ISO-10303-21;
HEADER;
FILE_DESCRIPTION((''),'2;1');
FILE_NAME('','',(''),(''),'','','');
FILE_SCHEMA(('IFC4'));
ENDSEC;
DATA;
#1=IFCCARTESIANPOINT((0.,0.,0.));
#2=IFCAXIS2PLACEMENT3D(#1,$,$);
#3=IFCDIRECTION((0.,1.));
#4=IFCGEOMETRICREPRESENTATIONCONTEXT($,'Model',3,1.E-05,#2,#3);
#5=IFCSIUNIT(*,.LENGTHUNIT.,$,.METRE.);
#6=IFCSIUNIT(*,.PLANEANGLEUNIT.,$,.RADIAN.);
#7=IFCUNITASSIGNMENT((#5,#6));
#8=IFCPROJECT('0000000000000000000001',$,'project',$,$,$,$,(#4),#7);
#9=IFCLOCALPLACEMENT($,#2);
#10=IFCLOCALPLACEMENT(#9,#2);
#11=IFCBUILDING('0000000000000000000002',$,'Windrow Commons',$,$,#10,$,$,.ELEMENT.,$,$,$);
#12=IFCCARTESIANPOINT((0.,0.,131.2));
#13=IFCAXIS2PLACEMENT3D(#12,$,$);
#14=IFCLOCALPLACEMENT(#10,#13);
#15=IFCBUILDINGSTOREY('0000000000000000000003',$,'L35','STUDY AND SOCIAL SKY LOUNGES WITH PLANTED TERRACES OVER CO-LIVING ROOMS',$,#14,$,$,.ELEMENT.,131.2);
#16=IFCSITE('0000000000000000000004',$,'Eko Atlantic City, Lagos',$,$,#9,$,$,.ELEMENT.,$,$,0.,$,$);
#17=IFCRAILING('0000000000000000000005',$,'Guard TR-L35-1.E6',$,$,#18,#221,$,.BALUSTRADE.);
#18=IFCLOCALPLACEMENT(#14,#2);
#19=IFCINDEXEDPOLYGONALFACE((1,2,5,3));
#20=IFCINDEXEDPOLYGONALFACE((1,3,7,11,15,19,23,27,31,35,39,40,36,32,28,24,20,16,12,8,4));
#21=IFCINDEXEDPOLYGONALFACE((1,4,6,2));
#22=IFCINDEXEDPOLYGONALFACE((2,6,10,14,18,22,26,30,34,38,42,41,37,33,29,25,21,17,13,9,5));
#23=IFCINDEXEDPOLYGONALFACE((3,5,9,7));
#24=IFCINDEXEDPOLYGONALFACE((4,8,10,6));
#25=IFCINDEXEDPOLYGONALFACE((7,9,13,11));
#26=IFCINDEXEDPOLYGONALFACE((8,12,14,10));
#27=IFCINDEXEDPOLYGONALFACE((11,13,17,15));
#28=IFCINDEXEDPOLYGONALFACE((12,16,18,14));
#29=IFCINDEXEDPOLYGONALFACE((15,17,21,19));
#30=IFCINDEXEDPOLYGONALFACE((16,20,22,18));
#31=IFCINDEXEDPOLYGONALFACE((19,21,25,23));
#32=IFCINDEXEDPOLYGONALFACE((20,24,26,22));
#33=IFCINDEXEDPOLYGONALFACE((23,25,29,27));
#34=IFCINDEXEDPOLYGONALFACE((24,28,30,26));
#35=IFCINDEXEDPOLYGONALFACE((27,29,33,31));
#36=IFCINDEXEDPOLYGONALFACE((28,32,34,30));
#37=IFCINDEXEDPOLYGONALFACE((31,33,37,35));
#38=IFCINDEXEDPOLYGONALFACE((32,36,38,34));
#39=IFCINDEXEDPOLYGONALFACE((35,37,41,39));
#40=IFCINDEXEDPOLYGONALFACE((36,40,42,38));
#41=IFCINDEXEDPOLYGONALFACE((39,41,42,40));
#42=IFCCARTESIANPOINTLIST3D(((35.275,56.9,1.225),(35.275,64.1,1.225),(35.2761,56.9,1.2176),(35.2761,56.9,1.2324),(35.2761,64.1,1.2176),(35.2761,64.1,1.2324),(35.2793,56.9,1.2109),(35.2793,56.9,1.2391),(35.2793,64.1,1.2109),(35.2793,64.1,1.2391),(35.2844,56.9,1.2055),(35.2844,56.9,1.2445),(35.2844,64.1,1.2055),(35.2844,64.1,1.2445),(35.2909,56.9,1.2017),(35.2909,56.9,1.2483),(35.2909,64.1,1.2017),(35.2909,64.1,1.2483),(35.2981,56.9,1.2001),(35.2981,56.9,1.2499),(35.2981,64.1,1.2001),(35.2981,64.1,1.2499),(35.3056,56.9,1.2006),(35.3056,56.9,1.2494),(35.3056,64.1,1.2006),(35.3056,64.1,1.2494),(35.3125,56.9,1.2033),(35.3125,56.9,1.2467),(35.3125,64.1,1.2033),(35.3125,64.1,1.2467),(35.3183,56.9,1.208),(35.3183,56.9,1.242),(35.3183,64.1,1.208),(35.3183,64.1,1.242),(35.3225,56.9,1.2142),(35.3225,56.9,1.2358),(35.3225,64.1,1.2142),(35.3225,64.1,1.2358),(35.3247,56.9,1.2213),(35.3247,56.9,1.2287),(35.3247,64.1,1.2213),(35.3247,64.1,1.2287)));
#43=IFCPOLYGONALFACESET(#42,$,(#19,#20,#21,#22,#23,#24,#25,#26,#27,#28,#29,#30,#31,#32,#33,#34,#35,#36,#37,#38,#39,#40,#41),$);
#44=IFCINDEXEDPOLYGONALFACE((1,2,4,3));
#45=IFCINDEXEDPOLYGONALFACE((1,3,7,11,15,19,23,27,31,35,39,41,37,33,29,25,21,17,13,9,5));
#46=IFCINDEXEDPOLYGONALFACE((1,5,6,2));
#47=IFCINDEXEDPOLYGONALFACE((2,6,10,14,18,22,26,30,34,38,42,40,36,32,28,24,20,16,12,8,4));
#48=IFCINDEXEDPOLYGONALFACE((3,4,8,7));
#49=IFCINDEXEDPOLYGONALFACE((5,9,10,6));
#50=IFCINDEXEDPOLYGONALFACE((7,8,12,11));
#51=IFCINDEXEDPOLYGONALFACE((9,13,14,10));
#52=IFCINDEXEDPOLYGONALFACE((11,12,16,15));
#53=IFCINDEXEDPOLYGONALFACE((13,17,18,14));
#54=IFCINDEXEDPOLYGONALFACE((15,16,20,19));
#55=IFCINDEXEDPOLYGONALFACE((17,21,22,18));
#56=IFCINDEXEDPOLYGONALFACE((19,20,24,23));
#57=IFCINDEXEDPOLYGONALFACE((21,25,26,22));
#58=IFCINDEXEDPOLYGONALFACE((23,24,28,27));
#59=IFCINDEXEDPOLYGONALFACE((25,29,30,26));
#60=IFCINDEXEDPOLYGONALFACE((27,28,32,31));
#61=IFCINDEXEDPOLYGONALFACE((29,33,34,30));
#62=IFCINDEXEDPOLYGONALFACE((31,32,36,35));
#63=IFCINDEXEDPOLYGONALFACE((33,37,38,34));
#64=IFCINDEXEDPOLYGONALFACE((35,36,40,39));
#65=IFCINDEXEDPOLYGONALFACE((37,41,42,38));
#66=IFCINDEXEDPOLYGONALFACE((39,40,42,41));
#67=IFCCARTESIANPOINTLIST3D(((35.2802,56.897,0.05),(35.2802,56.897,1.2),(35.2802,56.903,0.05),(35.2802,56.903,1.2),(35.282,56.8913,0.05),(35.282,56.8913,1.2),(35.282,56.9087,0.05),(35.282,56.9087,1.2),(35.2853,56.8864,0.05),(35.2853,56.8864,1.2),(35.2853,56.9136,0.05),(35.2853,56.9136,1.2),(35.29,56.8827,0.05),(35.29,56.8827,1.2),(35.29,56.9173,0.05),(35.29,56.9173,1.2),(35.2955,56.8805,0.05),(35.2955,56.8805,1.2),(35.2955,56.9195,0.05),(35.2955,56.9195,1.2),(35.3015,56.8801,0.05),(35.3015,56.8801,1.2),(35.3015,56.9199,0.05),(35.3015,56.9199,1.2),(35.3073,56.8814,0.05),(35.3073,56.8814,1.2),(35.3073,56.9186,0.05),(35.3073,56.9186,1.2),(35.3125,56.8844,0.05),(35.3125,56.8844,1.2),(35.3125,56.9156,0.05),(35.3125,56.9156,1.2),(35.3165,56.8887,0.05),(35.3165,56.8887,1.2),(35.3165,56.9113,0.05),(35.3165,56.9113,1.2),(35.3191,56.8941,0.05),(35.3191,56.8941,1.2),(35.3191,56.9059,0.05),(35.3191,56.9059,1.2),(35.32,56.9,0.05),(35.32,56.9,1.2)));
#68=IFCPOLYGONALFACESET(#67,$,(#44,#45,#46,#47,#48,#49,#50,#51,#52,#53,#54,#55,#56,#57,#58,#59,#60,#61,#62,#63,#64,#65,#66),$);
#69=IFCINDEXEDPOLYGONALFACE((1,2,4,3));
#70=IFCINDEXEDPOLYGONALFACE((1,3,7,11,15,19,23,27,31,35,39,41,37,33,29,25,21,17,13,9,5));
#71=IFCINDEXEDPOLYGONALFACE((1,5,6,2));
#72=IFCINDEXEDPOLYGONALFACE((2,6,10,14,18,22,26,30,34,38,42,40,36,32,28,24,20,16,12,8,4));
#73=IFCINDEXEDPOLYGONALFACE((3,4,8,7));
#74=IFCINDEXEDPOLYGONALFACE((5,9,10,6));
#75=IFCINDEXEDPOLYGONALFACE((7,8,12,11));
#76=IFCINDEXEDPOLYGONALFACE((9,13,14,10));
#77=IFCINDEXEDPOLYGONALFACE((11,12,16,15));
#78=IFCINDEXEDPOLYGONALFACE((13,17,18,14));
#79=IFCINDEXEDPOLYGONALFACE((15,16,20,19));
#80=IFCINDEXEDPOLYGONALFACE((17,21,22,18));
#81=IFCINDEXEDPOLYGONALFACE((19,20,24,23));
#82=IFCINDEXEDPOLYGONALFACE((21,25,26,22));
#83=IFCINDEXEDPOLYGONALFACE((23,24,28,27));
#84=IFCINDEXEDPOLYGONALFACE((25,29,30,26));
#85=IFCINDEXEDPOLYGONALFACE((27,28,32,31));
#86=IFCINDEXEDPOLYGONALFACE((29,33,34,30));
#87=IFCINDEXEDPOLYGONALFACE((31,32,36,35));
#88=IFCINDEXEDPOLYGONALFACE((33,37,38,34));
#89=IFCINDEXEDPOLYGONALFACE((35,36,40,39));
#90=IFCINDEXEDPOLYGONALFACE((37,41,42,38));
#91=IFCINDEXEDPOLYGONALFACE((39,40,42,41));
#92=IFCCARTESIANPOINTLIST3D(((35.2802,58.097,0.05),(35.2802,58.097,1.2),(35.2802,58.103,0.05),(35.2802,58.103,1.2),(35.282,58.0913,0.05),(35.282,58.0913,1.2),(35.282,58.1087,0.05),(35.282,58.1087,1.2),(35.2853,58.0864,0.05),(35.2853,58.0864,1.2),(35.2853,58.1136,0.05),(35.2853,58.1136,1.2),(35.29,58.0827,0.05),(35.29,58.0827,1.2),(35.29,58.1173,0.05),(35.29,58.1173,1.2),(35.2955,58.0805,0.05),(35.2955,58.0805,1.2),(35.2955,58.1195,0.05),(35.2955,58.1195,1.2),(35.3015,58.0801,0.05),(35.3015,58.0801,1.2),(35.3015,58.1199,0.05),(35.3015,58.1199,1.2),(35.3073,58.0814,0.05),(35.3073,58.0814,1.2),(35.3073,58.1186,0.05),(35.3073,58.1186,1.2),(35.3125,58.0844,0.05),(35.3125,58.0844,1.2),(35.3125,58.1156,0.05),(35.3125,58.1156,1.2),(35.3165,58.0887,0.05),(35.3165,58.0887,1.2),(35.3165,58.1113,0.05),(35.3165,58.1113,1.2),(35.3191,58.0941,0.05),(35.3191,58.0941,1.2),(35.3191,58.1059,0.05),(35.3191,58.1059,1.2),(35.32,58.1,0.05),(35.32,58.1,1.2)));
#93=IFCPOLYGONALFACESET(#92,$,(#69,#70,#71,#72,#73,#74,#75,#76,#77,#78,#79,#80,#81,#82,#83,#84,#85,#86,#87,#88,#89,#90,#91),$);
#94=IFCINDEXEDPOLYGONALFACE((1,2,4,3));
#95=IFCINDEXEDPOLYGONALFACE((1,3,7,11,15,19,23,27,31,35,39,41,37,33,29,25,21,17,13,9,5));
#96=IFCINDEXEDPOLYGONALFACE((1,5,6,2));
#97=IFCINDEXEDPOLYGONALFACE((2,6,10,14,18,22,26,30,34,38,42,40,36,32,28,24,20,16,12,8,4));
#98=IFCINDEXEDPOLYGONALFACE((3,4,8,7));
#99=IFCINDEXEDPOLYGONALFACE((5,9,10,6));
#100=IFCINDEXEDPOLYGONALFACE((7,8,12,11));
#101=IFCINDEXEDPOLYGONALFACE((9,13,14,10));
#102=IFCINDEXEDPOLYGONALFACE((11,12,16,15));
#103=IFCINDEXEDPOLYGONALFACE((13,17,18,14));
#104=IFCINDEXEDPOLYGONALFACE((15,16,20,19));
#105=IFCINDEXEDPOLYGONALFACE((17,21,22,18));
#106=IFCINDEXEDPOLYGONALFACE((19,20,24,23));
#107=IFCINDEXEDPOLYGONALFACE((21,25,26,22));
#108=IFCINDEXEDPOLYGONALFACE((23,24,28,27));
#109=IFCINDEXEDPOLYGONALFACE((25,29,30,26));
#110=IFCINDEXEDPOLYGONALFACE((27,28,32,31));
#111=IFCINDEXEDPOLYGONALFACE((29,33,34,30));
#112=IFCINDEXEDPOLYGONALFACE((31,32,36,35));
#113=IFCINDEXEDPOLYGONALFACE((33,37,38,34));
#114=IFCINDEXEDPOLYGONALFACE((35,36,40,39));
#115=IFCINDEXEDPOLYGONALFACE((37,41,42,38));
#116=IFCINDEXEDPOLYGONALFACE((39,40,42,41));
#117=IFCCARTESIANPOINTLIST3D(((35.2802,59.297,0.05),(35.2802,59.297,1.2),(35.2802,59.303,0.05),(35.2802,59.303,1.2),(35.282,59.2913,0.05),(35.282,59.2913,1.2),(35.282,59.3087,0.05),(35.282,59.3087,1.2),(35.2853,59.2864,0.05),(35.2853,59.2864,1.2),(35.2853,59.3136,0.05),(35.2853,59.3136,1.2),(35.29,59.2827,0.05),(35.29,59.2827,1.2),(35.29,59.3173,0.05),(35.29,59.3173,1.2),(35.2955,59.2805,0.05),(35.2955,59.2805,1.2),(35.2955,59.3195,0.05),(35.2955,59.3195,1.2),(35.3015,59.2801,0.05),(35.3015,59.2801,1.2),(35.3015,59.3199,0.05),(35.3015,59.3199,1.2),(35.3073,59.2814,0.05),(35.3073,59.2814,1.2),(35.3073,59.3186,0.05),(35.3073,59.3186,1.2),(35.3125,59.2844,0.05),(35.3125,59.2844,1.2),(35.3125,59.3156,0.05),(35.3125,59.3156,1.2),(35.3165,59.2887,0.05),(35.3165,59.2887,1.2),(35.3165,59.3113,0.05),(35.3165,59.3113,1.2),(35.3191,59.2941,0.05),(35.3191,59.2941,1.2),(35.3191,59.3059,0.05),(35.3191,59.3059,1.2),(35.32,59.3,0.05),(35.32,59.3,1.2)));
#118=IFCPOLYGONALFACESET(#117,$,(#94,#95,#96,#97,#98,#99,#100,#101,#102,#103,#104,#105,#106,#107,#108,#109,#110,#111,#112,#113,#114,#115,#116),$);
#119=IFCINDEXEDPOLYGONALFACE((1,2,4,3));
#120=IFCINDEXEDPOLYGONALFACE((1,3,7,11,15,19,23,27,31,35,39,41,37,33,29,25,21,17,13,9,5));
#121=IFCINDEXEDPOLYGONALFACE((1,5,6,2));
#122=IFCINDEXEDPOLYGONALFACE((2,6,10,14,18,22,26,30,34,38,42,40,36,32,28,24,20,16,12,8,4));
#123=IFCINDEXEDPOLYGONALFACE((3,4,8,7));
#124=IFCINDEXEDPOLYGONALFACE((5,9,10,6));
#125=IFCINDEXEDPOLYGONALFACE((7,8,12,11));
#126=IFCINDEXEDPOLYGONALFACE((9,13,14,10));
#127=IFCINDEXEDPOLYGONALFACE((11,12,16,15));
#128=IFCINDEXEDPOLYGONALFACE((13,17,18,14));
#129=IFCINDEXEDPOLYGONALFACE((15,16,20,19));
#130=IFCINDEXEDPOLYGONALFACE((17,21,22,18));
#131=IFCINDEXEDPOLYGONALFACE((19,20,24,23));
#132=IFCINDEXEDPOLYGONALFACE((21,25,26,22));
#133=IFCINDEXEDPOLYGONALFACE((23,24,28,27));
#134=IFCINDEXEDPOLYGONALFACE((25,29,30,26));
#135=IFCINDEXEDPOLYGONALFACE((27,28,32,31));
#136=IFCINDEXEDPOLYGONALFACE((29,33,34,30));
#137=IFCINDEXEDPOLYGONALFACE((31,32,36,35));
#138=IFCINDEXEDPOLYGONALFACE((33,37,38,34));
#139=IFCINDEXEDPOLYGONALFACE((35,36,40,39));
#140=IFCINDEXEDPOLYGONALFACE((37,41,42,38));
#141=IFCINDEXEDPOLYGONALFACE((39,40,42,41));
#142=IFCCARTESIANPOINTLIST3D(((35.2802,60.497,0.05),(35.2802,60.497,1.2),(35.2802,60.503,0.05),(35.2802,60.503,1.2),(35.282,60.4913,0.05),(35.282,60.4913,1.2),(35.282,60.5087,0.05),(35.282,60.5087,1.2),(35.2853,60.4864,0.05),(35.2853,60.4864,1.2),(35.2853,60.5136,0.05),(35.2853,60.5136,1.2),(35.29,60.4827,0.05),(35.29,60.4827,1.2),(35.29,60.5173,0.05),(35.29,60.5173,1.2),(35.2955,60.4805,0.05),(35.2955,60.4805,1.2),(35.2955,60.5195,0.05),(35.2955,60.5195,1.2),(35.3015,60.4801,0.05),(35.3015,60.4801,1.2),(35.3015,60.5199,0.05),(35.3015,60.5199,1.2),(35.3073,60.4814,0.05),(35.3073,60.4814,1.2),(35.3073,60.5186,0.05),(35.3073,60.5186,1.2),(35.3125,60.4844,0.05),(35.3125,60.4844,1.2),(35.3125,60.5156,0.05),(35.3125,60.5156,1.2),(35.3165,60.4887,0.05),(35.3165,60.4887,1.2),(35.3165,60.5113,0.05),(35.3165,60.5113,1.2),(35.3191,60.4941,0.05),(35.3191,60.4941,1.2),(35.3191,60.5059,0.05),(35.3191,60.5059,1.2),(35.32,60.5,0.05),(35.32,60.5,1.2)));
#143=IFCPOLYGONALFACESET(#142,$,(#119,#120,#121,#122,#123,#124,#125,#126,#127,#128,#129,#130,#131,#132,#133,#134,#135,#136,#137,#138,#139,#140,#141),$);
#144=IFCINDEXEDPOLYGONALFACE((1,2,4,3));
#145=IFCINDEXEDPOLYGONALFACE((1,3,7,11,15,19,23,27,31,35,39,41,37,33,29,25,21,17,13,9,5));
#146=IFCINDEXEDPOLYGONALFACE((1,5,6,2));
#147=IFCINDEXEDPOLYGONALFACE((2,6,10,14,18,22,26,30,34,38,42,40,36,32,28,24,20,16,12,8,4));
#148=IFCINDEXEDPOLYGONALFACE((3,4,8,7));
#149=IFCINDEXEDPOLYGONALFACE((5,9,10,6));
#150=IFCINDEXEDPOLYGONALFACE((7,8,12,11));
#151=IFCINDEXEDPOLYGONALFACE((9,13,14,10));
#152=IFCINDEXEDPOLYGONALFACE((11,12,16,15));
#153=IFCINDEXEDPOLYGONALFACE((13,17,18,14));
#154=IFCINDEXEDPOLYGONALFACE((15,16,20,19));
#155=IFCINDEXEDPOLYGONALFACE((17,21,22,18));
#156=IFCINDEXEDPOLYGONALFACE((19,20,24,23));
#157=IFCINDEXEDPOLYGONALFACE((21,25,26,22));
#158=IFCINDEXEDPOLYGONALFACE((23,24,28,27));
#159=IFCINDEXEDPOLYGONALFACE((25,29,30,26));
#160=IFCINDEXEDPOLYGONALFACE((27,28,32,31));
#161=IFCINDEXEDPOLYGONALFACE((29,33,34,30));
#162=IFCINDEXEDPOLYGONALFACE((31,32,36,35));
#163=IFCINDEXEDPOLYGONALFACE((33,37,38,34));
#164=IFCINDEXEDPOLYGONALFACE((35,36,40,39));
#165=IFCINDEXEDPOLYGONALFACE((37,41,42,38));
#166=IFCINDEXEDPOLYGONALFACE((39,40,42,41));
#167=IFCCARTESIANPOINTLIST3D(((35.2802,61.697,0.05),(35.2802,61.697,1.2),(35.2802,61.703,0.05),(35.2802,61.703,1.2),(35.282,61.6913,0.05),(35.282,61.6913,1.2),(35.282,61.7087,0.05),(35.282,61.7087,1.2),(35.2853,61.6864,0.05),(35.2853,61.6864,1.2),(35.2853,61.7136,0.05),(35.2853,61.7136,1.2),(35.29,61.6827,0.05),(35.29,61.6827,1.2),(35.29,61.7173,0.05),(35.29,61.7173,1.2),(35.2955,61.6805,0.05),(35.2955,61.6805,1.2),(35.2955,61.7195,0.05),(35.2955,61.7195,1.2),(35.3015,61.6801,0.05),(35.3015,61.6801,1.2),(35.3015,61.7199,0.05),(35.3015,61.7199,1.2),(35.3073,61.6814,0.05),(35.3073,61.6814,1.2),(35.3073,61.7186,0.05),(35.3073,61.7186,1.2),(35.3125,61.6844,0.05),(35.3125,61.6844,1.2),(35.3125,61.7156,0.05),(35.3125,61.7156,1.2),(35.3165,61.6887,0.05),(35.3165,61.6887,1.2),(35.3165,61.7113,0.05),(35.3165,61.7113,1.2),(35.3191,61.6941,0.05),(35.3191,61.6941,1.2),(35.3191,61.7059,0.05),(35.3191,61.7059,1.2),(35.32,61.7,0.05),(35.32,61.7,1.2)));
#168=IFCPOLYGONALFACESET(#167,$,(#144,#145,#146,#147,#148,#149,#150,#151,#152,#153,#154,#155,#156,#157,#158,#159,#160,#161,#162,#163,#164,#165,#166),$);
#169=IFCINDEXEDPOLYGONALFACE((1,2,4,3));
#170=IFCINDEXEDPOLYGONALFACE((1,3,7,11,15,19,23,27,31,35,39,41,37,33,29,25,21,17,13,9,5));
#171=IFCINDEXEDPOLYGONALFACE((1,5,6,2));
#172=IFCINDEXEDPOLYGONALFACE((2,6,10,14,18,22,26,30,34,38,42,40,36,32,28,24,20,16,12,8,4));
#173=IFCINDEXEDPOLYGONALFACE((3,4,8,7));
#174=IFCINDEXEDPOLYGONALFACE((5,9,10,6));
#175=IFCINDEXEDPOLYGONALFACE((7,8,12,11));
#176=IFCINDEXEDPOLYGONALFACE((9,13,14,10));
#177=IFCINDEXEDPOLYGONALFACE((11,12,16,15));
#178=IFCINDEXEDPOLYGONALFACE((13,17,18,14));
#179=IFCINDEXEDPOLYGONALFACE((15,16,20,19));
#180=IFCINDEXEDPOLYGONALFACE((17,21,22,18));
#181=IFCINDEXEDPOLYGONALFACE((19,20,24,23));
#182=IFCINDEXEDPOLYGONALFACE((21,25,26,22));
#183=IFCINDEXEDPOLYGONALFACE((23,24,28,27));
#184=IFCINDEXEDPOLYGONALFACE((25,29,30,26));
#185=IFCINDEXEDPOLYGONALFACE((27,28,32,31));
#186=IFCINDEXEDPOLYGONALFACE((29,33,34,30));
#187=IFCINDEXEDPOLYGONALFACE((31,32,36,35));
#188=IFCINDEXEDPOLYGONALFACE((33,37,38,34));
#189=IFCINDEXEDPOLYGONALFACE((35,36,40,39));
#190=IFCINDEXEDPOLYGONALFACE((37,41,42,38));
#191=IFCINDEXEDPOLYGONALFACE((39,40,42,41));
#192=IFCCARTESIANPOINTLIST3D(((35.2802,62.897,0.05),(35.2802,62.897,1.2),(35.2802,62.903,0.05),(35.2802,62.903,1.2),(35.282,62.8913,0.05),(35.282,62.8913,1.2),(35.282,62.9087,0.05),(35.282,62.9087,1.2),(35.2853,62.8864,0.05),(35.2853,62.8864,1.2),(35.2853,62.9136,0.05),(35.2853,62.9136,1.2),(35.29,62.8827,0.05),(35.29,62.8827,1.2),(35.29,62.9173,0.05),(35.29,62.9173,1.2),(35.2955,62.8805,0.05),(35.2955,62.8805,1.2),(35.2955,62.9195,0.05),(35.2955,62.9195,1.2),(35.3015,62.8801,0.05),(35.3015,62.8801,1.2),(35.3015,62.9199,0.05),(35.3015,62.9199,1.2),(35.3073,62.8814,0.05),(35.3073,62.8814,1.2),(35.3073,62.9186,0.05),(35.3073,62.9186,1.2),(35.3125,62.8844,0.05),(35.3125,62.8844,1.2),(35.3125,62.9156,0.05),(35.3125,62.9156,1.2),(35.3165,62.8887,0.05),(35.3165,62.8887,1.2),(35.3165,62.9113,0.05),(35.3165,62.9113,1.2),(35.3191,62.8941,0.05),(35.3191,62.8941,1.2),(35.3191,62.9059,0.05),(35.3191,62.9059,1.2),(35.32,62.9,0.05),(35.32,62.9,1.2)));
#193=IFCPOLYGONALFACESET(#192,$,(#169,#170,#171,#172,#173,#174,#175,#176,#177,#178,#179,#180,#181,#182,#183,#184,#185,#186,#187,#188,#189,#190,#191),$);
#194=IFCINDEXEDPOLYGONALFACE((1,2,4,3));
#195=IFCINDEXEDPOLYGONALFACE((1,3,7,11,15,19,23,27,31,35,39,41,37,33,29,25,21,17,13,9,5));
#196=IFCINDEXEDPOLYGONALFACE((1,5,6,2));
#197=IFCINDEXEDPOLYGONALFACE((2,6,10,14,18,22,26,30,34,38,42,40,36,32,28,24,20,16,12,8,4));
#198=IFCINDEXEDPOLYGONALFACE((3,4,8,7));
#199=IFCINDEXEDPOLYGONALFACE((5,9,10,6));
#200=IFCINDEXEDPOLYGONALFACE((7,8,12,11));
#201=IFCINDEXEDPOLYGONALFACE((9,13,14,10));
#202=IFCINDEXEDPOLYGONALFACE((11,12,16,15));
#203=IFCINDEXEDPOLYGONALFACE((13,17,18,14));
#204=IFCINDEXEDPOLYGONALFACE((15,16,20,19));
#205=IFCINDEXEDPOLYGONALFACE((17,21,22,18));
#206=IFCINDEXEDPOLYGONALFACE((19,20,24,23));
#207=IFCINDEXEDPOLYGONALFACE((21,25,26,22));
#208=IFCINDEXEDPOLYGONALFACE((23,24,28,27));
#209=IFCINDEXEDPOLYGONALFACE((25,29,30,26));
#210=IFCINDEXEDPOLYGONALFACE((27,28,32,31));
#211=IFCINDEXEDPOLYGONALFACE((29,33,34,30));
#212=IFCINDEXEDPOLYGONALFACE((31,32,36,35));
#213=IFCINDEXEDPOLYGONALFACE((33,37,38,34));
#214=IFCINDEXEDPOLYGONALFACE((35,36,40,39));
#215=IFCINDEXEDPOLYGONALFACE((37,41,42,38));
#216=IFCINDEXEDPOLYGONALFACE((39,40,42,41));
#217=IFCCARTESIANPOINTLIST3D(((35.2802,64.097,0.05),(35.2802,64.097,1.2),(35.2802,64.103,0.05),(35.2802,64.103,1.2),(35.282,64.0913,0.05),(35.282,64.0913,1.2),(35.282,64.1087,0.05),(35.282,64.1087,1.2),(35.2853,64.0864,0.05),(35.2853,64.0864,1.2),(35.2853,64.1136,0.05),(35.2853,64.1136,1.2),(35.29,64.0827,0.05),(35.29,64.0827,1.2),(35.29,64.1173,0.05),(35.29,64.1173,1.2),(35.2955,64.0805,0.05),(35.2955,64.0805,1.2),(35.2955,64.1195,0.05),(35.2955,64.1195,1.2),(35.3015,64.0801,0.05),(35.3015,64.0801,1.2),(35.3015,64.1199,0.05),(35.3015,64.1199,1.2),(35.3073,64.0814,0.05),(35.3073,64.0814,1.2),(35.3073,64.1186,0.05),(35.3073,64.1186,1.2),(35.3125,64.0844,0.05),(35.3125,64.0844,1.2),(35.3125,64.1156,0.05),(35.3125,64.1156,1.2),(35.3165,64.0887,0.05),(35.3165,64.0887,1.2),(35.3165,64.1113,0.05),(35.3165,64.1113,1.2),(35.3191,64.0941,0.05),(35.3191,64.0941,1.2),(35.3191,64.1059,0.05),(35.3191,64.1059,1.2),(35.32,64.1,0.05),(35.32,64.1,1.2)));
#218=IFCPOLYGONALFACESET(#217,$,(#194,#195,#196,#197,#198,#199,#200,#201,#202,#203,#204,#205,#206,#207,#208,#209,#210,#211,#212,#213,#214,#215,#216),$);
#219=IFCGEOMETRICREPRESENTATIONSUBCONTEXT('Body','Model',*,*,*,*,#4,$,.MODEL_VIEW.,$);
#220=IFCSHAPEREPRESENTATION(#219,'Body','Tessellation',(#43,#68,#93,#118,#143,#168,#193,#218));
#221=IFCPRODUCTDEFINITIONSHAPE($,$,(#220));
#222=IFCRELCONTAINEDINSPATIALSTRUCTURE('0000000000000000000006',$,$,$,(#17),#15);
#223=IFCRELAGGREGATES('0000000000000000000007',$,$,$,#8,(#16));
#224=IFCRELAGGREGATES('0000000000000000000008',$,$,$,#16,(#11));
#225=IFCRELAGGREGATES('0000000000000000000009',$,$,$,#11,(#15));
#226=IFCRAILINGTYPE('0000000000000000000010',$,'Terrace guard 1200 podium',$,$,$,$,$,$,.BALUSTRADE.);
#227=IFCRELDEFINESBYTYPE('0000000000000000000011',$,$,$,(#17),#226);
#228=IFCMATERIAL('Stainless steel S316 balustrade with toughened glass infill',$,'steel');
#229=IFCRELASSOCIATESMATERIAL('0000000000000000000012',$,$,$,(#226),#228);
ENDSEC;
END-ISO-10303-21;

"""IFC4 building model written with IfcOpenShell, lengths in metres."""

from ifc_helpers import new_model, si_unit, direction, frame, origin, origin_2d, place, context, subcontext, project, spatial, circle, extrude, material, type_object, element, save


model = new_model("IFC4")

# Units and contexts
model_context = context("Model", 3, precision=1e-05, world=origin(), true_north=direction((0.0, 1.0)))
body_context = subcontext(model_context, "Body", "Model", "MODEL_VIEW")
ifc_project = project(units=[si_unit("LENGTHUNIT", "METRE"), si_unit("PLANEANGLEUNIT", "RADIAN")], contexts=[model_context])

# Site, building, storey
site_placement = place(None, origin())
site = spatial("IfcSite", under=ifc_project, at=site_placement, Name="Eko Atlantic City, Lagos", CompositionType="ELEMENT", RefElevation=0.0)
building_placement = place(site_placement, origin())
building = spatial("IfcBuilding", under=site, at=building_placement, Name="Windrow Commons", CompositionType="ELEMENT")
storey_placement = place(building_placement, frame((0.0, 0.0, 131.2)))
storey = spatial("IfcBuildingStorey", under=building, at=storey_placement, Name="L35", Description="STUDY AND SOCIAL SKY LOUNGES WITH PLANTED TERRACES OVER CO-LIVING ROOMS", CompositionType="ELEMENT", Elevation=131.2)

# Railing
ifc_material_1 = material(Name="Stainless steel S316 balustrade with toughened glass infill", Category="steel")
railing_type = type_object("IfcRailingType", Name="Terrace guard 1200 podium", PredefinedType="BALUSTRADE", material=ifc_material_1)
railing_1_placement = place(storey_placement, frame((35.3, 56.9, 0.05)))
element("IfcRailing", 1, at=railing_1_placement, inside=storey, type_object=railing_type, Name="Guard TR-L35-1.E6", PredefinedType="BALUSTRADE", context=body_context, shape_type="SweptSolid", body=[
    extrude(circle(Radius=0.025, at=origin_2d()), frame((0.0, 0.0, 1.175), z_axis=(0.0, 1.0, 0.0), x_axis=(-1.0, 0.0, 0.0)), (0.0, 0.0, 1.0), 7.2),
    extrude(circle(Radius=0.02, at=origin_2d()), origin(), (0.0, 0.0, 1.0), 1.15),
    extrude(circle(Radius=0.02, at=origin_2d()), frame((0.0, 1.2, 0.0)), (0.0, 0.0, 1.0), 1.15),
    extrude(circle(Radius=0.02, at=origin_2d()), frame((0.0, 2.4, 0.0)), (0.0, 0.0, 1.0), 1.15),
    extrude(circle(Radius=0.02, at=origin_2d()), frame((0.0, 3.6, 0.0)), (0.0, 0.0, 1.0), 1.15),
    extrude(circle(Radius=0.02, at=origin_2d()), frame((0.0, 4.8, 0.0)), (0.0, 0.0, 1.0), 1.15),
    extrude(circle(Radius=0.02, at=origin_2d()), frame((0.0, 6.0, 0.0)), (0.0, 0.0, 1.0), 1.15),
    extrude(circle(Radius=0.02, at=origin_2d()), frame((0.0, 7.2, 0.0)), (0.0, 0.0, 1.0), 1.15),
])

save(model, "model.ifc")
